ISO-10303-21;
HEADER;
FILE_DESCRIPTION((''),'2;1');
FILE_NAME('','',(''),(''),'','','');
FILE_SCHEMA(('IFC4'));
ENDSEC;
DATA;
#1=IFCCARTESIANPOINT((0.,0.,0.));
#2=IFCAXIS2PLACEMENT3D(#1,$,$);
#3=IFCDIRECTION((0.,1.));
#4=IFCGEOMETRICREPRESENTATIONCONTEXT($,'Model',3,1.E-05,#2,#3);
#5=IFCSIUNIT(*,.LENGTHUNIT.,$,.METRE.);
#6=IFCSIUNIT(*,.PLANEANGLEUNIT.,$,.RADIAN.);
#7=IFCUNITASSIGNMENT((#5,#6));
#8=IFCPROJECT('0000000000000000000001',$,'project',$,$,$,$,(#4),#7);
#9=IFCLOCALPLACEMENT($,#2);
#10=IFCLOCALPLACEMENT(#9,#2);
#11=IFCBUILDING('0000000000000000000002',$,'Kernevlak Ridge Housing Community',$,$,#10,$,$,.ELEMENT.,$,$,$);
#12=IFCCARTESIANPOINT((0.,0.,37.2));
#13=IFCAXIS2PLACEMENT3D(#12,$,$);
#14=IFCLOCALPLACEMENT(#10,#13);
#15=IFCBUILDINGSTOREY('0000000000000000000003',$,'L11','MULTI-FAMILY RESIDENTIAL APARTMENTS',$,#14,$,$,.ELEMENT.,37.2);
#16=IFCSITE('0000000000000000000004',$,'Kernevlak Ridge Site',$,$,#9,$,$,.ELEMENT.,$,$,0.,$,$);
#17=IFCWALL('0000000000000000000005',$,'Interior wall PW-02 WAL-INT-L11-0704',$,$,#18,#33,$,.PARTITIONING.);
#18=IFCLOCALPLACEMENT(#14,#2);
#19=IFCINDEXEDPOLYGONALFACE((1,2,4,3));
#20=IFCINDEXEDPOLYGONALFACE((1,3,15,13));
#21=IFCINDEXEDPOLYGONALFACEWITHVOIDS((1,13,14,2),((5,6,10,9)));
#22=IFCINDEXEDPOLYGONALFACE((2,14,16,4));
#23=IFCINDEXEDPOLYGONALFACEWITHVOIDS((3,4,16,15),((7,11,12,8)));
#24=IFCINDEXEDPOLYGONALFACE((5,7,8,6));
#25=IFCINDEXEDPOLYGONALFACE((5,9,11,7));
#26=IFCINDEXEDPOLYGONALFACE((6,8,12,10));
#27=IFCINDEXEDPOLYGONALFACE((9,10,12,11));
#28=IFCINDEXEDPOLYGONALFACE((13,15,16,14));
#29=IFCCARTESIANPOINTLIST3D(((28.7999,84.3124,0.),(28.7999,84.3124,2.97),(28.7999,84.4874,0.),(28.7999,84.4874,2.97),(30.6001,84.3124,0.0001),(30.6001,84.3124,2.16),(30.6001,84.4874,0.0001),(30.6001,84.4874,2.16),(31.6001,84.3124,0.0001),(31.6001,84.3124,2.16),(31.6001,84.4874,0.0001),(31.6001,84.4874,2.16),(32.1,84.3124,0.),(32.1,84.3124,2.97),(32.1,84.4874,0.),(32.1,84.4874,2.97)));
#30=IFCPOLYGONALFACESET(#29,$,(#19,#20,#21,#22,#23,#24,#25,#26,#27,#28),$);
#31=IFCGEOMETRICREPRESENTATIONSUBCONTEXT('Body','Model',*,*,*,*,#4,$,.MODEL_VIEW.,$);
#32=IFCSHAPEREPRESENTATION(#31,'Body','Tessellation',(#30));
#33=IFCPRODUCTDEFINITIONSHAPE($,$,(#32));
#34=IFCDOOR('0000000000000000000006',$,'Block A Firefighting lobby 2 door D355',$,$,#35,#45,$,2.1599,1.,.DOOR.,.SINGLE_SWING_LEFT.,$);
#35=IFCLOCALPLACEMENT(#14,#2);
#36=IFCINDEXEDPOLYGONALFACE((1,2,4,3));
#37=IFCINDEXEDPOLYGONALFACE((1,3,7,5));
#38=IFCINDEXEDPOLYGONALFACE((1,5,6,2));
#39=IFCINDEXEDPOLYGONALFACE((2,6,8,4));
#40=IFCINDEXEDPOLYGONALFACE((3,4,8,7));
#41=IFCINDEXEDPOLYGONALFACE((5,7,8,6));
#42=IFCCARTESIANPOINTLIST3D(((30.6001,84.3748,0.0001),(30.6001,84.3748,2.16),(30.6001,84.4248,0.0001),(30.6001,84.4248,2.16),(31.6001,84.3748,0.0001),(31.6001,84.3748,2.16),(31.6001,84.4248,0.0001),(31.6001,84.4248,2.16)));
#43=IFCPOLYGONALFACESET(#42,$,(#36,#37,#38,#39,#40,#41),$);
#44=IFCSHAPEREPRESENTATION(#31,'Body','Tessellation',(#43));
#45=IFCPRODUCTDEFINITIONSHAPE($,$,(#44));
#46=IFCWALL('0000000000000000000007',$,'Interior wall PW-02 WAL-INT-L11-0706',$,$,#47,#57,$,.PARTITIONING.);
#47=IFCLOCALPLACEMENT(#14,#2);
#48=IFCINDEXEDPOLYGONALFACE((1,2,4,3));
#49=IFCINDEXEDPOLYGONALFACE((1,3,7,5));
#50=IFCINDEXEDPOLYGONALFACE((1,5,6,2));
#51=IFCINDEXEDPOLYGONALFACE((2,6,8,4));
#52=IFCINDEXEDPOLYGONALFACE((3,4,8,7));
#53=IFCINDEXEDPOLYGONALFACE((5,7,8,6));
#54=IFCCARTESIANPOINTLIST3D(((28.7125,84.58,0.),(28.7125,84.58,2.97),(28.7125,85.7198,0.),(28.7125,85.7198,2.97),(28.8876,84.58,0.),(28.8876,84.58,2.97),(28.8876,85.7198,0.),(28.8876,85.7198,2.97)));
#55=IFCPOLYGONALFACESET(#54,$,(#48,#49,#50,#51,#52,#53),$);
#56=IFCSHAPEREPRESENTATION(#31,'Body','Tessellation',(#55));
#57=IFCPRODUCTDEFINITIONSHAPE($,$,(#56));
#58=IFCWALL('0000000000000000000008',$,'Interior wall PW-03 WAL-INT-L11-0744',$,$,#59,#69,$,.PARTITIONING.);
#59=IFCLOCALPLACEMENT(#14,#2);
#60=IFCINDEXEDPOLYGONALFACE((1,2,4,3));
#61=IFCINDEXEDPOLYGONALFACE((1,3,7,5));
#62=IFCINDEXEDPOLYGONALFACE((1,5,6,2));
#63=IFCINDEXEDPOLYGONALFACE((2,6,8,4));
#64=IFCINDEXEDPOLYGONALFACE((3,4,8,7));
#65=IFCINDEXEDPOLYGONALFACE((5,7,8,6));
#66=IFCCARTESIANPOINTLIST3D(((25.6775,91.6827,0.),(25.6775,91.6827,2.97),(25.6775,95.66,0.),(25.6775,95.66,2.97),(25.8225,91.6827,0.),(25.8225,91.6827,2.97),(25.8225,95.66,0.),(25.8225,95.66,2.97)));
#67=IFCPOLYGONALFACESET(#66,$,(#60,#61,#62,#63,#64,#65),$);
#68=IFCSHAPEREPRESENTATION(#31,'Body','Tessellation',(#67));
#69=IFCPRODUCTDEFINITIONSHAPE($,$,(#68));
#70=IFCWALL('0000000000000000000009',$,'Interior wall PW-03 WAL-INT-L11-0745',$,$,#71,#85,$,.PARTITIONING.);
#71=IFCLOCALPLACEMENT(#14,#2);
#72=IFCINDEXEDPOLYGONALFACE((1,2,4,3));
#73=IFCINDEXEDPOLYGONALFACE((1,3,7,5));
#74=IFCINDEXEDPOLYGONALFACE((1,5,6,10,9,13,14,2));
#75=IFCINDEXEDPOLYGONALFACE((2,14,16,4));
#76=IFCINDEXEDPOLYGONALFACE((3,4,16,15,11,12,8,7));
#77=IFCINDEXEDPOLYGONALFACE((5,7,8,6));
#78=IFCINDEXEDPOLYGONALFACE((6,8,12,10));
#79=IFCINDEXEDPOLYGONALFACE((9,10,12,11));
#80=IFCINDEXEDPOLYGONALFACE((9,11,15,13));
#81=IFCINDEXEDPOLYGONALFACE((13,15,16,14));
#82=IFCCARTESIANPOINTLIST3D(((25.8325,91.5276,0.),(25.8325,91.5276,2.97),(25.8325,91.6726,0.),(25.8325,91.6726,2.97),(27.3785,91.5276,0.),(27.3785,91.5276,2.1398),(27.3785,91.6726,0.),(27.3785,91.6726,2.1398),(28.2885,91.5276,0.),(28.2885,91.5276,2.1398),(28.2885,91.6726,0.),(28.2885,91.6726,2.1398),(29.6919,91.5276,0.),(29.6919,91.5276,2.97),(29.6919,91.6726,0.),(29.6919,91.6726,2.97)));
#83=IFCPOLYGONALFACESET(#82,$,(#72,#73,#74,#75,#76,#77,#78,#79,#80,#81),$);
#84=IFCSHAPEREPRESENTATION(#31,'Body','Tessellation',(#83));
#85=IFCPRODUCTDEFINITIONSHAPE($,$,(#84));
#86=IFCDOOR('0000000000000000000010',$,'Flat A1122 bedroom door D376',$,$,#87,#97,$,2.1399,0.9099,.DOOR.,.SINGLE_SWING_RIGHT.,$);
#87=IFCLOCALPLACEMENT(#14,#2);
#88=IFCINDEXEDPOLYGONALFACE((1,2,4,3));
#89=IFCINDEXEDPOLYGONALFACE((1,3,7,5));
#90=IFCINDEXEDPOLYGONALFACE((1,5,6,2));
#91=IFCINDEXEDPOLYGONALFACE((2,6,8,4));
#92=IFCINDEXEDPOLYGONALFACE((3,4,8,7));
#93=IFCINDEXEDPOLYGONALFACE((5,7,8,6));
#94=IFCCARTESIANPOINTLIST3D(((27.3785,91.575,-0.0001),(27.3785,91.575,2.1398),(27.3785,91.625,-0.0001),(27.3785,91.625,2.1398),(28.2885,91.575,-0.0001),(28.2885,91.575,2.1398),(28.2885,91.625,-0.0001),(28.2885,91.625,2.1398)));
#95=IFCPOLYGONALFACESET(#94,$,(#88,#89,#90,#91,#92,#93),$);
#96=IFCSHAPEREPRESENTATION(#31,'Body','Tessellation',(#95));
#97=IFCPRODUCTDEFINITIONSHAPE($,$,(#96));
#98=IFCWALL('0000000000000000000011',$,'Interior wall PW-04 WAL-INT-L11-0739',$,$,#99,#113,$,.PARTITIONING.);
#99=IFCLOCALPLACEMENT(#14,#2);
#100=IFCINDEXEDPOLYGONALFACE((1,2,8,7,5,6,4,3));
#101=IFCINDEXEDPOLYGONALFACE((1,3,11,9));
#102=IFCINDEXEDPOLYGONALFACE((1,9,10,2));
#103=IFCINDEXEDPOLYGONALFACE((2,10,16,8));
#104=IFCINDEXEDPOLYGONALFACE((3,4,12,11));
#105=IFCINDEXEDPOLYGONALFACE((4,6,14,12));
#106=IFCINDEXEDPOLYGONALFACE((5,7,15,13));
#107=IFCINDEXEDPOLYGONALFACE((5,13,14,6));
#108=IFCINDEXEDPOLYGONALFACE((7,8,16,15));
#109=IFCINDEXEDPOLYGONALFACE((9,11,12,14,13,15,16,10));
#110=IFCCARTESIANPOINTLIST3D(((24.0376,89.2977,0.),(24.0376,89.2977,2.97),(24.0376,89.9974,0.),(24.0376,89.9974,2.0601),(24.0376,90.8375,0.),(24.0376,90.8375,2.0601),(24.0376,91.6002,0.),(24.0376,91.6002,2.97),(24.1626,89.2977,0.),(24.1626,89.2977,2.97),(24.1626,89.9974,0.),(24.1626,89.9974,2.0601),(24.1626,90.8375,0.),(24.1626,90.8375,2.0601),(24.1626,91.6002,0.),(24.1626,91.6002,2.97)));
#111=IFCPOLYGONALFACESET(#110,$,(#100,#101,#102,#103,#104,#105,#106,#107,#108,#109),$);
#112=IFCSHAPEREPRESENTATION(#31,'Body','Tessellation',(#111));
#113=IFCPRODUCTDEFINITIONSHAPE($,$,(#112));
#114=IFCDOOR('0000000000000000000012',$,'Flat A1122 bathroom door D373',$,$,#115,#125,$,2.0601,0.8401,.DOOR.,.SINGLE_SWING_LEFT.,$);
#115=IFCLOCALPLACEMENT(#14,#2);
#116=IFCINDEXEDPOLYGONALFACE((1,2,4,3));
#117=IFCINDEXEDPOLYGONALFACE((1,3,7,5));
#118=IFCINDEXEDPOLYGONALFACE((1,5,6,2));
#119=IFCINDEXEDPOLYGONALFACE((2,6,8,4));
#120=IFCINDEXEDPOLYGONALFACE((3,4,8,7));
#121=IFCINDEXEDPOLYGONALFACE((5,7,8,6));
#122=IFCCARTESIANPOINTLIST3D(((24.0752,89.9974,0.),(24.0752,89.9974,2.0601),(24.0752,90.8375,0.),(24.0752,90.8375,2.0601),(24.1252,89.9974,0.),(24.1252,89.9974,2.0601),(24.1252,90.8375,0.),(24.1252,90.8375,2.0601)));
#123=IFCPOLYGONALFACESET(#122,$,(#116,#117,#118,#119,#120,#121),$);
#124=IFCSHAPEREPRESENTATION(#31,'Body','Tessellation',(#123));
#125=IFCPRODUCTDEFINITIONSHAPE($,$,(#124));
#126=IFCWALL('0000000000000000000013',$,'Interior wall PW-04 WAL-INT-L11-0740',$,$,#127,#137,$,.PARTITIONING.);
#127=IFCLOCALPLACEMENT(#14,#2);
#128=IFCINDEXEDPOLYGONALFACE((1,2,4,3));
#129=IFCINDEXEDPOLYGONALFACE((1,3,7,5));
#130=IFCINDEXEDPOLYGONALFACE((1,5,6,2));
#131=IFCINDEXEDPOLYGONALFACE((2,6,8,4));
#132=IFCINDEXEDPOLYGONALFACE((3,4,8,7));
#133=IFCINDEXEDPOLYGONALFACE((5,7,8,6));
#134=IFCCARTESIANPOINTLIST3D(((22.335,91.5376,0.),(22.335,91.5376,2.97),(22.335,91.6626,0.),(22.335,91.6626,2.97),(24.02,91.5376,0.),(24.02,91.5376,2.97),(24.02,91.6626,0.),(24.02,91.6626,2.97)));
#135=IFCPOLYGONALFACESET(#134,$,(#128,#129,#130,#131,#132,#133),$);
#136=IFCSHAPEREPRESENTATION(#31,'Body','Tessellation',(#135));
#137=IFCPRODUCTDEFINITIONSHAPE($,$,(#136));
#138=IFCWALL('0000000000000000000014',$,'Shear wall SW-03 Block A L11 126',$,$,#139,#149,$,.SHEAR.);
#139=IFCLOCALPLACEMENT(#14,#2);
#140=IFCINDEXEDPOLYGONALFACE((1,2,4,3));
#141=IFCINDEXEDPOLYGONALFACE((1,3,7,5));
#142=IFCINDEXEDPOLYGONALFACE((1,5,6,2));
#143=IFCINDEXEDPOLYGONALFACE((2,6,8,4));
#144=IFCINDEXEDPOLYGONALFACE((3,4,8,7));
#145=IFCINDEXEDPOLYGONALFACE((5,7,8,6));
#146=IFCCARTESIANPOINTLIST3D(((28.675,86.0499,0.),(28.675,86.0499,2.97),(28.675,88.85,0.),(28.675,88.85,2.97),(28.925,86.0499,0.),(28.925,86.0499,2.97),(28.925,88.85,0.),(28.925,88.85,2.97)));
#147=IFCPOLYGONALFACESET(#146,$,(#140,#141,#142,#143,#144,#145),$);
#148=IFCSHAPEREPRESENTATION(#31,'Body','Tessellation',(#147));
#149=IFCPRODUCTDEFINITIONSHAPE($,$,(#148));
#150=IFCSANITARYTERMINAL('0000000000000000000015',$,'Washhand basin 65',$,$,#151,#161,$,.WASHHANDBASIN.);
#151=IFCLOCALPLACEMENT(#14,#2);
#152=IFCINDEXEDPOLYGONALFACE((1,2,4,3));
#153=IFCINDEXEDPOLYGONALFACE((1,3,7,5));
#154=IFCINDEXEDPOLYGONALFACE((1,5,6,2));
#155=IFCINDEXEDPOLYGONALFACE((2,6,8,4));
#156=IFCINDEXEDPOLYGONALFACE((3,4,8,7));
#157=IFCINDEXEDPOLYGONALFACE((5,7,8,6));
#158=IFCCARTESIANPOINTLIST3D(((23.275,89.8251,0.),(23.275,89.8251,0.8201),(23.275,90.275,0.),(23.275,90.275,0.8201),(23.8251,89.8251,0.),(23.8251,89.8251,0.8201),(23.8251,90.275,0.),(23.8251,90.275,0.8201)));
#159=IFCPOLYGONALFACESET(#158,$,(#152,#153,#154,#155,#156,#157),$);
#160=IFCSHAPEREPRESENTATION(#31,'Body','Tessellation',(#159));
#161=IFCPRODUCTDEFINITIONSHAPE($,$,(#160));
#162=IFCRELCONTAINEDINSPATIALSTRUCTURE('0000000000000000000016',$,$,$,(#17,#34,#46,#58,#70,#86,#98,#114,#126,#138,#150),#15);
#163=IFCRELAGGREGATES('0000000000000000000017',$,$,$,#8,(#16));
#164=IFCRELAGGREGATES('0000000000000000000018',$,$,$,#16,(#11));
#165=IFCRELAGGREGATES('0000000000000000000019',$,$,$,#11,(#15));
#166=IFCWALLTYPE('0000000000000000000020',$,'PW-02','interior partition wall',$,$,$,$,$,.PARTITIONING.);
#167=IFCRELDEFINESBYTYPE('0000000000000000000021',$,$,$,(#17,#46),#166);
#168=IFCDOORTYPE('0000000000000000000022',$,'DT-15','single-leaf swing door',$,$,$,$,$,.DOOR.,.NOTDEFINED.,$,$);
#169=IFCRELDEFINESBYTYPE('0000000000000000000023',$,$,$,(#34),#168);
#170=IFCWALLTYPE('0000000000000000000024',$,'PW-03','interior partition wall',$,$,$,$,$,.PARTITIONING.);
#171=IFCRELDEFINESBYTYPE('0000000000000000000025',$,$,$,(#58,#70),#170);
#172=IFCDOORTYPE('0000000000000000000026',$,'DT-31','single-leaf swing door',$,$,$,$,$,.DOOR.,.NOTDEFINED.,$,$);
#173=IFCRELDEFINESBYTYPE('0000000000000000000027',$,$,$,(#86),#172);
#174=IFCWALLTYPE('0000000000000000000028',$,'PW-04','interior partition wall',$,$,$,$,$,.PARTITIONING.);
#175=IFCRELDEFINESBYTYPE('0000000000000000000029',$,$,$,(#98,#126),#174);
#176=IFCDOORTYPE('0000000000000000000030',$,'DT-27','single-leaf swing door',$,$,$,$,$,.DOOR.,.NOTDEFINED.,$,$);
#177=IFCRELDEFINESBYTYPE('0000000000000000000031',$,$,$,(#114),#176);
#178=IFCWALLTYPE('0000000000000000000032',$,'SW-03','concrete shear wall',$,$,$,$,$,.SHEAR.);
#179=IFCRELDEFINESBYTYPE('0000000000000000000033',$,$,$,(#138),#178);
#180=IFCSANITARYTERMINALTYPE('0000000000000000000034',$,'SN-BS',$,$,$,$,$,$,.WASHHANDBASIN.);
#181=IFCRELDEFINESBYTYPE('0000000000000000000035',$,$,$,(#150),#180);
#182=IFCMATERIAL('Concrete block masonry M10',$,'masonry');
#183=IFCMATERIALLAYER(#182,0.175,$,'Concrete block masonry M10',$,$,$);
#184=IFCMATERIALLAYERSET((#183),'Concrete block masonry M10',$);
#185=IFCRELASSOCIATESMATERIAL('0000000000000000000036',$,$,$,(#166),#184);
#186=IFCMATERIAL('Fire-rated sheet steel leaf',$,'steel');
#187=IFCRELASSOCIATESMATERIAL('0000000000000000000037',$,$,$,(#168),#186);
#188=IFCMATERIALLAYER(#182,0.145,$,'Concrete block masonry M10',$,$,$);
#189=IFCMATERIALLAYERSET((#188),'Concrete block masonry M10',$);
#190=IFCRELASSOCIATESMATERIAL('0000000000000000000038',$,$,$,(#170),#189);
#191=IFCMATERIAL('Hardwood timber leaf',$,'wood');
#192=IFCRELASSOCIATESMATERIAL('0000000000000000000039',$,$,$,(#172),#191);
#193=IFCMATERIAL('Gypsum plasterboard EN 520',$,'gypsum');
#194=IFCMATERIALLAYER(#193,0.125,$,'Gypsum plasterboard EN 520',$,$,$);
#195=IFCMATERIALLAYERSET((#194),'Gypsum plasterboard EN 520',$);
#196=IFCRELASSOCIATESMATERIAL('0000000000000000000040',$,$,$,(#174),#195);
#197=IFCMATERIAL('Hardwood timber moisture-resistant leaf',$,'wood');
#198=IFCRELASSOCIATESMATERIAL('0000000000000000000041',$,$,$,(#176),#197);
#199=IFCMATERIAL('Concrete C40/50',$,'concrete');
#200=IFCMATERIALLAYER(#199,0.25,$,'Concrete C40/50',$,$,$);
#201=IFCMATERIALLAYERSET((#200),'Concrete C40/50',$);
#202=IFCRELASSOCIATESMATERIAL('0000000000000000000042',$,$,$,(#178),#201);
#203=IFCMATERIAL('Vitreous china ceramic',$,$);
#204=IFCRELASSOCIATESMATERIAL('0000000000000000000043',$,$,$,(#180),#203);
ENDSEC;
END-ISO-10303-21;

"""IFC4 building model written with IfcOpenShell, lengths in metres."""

from ifc_helpers import new_model, si_unit, direction, frame, frame_2d, origin, origin_2d, place, context, subcontext, project, spatial, rectangle, extrude, material, layer, layer_set, type_object, element, fill, save


model = new_model("IFC4")

# Units and contexts
model_context = context("Model", 3, precision=1e-05, world=origin(), true_north=direction((0.0, 1.0)))
body_context = subcontext(model_context, "Body", "Model", "MODEL_VIEW")
ifc_project = project(units=[si_unit("LENGTHUNIT", "METRE"), si_unit("PLANEANGLEUNIT", "RADIAN")], contexts=[model_context])

# Site, building, storey
site_placement = place(None, origin())
site = spatial("IfcSite", under=ifc_project, at=site_placement, Name="Kernevlak Ridge Site", CompositionType="ELEMENT", RefElevation=0.0)
building_placement = place(site_placement, origin())
building = spatial("IfcBuilding", under=site, at=building_placement, Name="Kernevlak Ridge Housing Community", CompositionType="ELEMENT")
storey_placement = place(building_placement, frame((0.0, 0.0, 37.2)))
storey = spatial("IfcBuildingStorey", under=building, at=storey_placement, Name="L11", Description="MULTI-FAMILY RESIDENTIAL APARTMENTS", CompositionType="ELEMENT", Elevation=37.2)

# Shared definitions
ifc_material_1 = material(Name="Concrete block masonry M10", Category="masonry")

# Wall, opening, door
ifc_material_2 = material(Name="Fire-rated sheet steel leaf", Category="steel")
ifc_layer_1 = layer(ifc_material_1, 0.175, Name="Concrete block masonry M10")
ifc_layer_set_1 = layer_set([ifc_layer_1], Name="Concrete block masonry M10")
wall_type_1 = type_object("IfcWallType", Name="PW-02", Description="interior partition wall", PredefinedType="PARTITIONING", material=ifc_layer_set_1)
wall_1_placement = place(storey_placement, frame((28.8, 84.3999, 0.0), z_axis=(0.0, 0.0, 1.0), x_axis=(1.0, 0.0, 0.0)))
wall_1 = element("IfcWall", 1, at=wall_1_placement, inside=storey, type_object=wall_type_1, Name="Interior wall PW-02 WAL-INT-L11-0704", PredefinedType="PARTITIONING", context=body_context, shape_type="SweptSolid", body=[
    extrude(rectangle(XDim=3.3, YDim=0.175, at=frame_2d((1.6499, 0.0))), origin(), (0.0, 0.0, 1.0), 2.97),
])
opening_1_placement = place(wall_1_placement, frame((1.8, 0.0, 0.0)))
opening_1 = element("IfcOpeningElement", 2, at=opening_1_placement, cuts=wall_1, PredefinedType="OPENING", context=body_context, shape_type="SweptSolid", body=[
    extrude(rectangle(XDim=1.0, YDim=2.1599, at=frame_2d((0.5, 1.0801))), frame((0.0, 0.0974, 0.0), z_axis=(0.0, -1.0, 0.0), x_axis=(1.0, 0.0, 0.0)), (0.0, 0.0, 1.0), 0.1951),
])
door_type_1 = type_object("IfcDoorType", Name="DT-15", Description="single-leaf swing door", OperationType="NOTDEFINED", PredefinedType="DOOR", material=ifc_material_2)
door_1_placement = place(opening_1_placement, origin())
door_1 = element("IfcDoor", 3, at=door_1_placement, inside=storey, type_object=door_type_1, Name="Block A Firefighting lobby 2 door D355", OperationType="SINGLE_SWING_LEFT", OverallHeight=2.1599, OverallWidth=1.0, PredefinedType="DOOR", context=body_context, shape_type="SweptSolid", body=[
    extrude(rectangle(XDim=1.0, YDim=2.1599, at=frame_2d((0.5, 1.0801))), frame((0.0, 0.0249, 0.0), z_axis=(0.0, -1.0, 0.0), x_axis=(1.0, 0.0, 0.0)), (0.0, 0.0, 1.0), 0.05),
])
fill(opening_1, door_1)

# Wall
wall_2_placement = place(storey_placement, frame((28.8, 84.5801, 0.0), z_axis=(0.0, 0.0, 1.0), x_axis=(0.0, 1.0, 0.0)))
element("IfcWall", 4, at=wall_2_placement, inside=storey, type_object=wall_type_1, Name="Interior wall PW-02 WAL-INT-L11-0706", PredefinedType="PARTITIONING", context=body_context, shape_type="SweptSolid", body=[
    extrude(rectangle(XDim=1.1399, YDim=0.175, at=frame_2d((0.5698, 0.0))), origin(), (0.0, 0.0, 1.0), 2.97),
])

# Shared definitions
ifc_layer_2 = layer(ifc_material_1, 0.145, Name="Concrete block masonry M10")
ifc_layer_set_2 = layer_set([ifc_layer_2], Name="Concrete block masonry M10")
wall_type_2 = type_object("IfcWallType", Name="PW-03", Description="interior partition wall", PredefinedType="PARTITIONING", material=ifc_layer_set_2)
ifc_material_3 = material(Name="Hardwood timber leaf", Category="wood")

# Wall
wall_3_placement = place(storey_placement, frame((25.75, 91.6826, 0.0), z_axis=(0.0, 0.0, 1.0), x_axis=(0.0, 1.0, 0.0)))
element("IfcWall", 5, at=wall_3_placement, inside=storey, type_object=wall_type_2, Name="Interior wall PW-03 WAL-INT-L11-0744", PredefinedType="PARTITIONING", context=body_context, shape_type="SweptSolid", body=[
    extrude(rectangle(XDim=3.9773, YDim=0.145, at=frame_2d((1.9888, 0.0))), origin(), (0.0, 0.0, 1.0), 2.97),
])

# Walls, openings, doors
wall_4_placement = place(storey_placement, frame((25.8325, 91.6001, 0.0), z_axis=(0.0, 0.0, 1.0), x_axis=(1.0, 0.0, 0.0)))
wall_4 = element("IfcWall", 6, at=wall_4_placement, inside=storey, type_object=wall_type_2, Name="Interior wall PW-03 WAL-INT-L11-0745", PredefinedType="PARTITIONING", context=body_context, shape_type="SweptSolid", body=[
    extrude(rectangle(XDim=3.8594, YDim=0.145, at=frame_2d((1.9297, 0.0))), origin(), (0.0, 0.0, 1.0), 2.97),
])
opening_2_placement = place(wall_4_placement, frame((1.5459, 0.0, 0.0)))
opening_2 = element("IfcOpeningElement", 7, at=opening_2_placement, cuts=wall_4, PredefinedType="OPENING", context=body_context, shape_type="SweptSolid", body=[
    extrude(rectangle(XDim=0.9099, YDim=2.1399, at=frame_2d((0.4551, 1.0698))), frame((0.0, 0.0825, 0.0), z_axis=(0.0, -1.0, 0.0), x_axis=(1.0, 0.0, 0.0)), (0.0, 0.0, 1.0), 0.165),
])
door_type_2 = type_object("IfcDoorType", Name="DT-31", Description="single-leaf swing door", OperationType="NOTDEFINED", PredefinedType="DOOR", material=ifc_material_3)
door_2_placement = place(opening_2_placement, origin())
door_2 = element("IfcDoor", 8, at=door_2_placement, inside=storey, type_object=door_type_2, Name="Flat A1122 bedroom door D376", OperationType="SINGLE_SWING_RIGHT", OverallHeight=2.1399, OverallWidth=0.9099, PredefinedType="DOOR", context=body_context, shape_type="SweptSolid", body=[
    extrude(rectangle(XDim=0.9099, YDim=2.1399, at=frame_2d((0.4551, 1.0698))), frame((0.0, 0.0249, 0.0), z_axis=(0.0, -1.0, 0.0), x_axis=(1.0, 0.0, 0.0)), (0.0, 0.0, 1.0), 0.05),
])
fill(opening_2, door_2)
ifc_material_4 = material(Name="Gypsum plasterboard EN 520", Category="gypsum")
ifc_layer_3 = layer(ifc_material_4, 0.125, Name="Gypsum plasterboard EN 520")
ifc_layer_set_3 = layer_set([ifc_layer_3], Name="Gypsum plasterboard EN 520")
wall_type_3 = type_object("IfcWallType", Name="PW-04", Description="interior partition wall", PredefinedType="PARTITIONING", material=ifc_layer_set_3)
wall_5_placement = place(storey_placement, frame((24.1001, 89.2976, 0.0), z_axis=(0.0, 0.0, 1.0), x_axis=(0.0, 1.0, 0.0)))
wall_5 = element("IfcWall", 9, at=wall_5_placement, inside=storey, type_object=wall_type_3, Name="Interior wall PW-04 WAL-INT-L11-0739", PredefinedType="PARTITIONING", context=body_context, shape_type="SweptSolid", body=[
    extrude(rectangle(XDim=2.3025, YDim=0.125, at=frame_2d((1.1514, 0.0))), origin(), (0.0, 0.0, 1.0), 2.97),
])
opening_3_placement = place(wall_5_placement, frame((0.7, 0.0, 0.0)))
opening_3 = element("IfcOpeningElement", 10, at=opening_3_placement, cuts=wall_5, PredefinedType="OPENING", context=body_context, shape_type="SweptSolid", body=[
    extrude(rectangle(XDim=0.8401, YDim=2.0601, at=frame_2d((0.4199, 1.03))), frame((0.0, 0.0725, 0.0), z_axis=(0.0, -1.0, 0.0), x_axis=(1.0, 0.0, 0.0)), (0.0, 0.0, 1.0), 0.145),
])
ifc_material_5 = material(Name="Hardwood timber moisture-resistant leaf", Category="wood")
door_type_3 = type_object("IfcDoorType", Name="DT-27", Description="single-leaf swing door", OperationType="NOTDEFINED", PredefinedType="DOOR", material=ifc_material_5)
door_3_placement = place(opening_3_placement, origin())
door_3 = element("IfcDoor", 11, at=door_3_placement, inside=storey, type_object=door_type_3, Name="Flat A1122 bathroom door D373", OperationType="SINGLE_SWING_LEFT", OverallHeight=2.0601, OverallWidth=0.8401, PredefinedType="DOOR", context=body_context, shape_type="SweptSolid", body=[
    extrude(rectangle(XDim=0.8401, YDim=2.0601, at=frame_2d((0.4199, 1.03))), frame((0.0, 0.0249, 0.0), z_axis=(0.0, -1.0, 0.0), x_axis=(1.0, 0.0, 0.0)), (0.0, 0.0, 1.0), 0.05),
])
fill(opening_3, door_3)

# Walls
wall_6_placement = place(storey_placement, frame((22.335, 91.6001, 0.0), z_axis=(0.0, 0.0, 1.0), x_axis=(1.0, 0.0, 0.0)))
element("IfcWall", 12, at=wall_6_placement, inside=storey, type_object=wall_type_3, Name="Interior wall PW-04 WAL-INT-L11-0740", PredefinedType="PARTITIONING", context=body_context, shape_type="SweptSolid", body=[
    extrude(rectangle(XDim=1.6851, YDim=0.125, at=frame_2d((0.8425, 0.0))), origin(), (0.0, 0.0, 1.0), 2.97),
])
ifc_material_6 = material(Name="Concrete C40/50", Category="concrete")
ifc_layer_4 = layer(ifc_material_6, 0.25, Name="Concrete C40/50")
ifc_layer_set_4 = layer_set([ifc_layer_4], Name="Concrete C40/50")
wall_type_4 = type_object("IfcWallType", Name="SW-03", Description="concrete shear wall", PredefinedType="SHEAR", material=ifc_layer_set_4)
wall_7_placement = place(storey_placement, frame((28.8, 86.05, 0.0), z_axis=(0.0, 0.0, 1.0), x_axis=(0.0, 1.0, 0.0)))
element("IfcWall", 13, at=wall_7_placement, inside=storey, type_object=wall_type_4, Name="Shear wall SW-03 Block A L11 126", PredefinedType="SHEAR", context=body_context, shape_type="SweptSolid", body=[
    extrude(rectangle(XDim=2.8, YDim=0.25, at=frame_2d((1.3999, 0.0))), origin(), (0.0, 0.0, 1.0), 2.97),
])

# Sanitary terminal
ifc_material_7 = material(Name="Vitreous china ceramic")
sanitary_terminal_type_1 = type_object("IfcSanitaryTerminalType", Name="SN-BS", PredefinedType="WASHHANDBASIN", material=ifc_material_7)
sanitary_terminal_1_placement = place(storey_placement, frame((23.55, 90.05, 0.0), z_axis=(0.0, 0.0, 1.0), x_axis=(1.0, 0.0, 0.0)))
element("IfcSanitaryTerminal", 14, at=sanitary_terminal_1_placement, inside=storey, type_object=sanitary_terminal_type_1, Name="Washhand basin 65", PredefinedType="WASHHANDBASIN", context=body_context, shape_type="SweptSolid", body=[
    extrude(rectangle(XDim=0.55, YDim=0.45, at=origin_2d()), origin(), (0.0, 0.0, 1.0), 0.8201),
])

save(model, "model.ifc")
